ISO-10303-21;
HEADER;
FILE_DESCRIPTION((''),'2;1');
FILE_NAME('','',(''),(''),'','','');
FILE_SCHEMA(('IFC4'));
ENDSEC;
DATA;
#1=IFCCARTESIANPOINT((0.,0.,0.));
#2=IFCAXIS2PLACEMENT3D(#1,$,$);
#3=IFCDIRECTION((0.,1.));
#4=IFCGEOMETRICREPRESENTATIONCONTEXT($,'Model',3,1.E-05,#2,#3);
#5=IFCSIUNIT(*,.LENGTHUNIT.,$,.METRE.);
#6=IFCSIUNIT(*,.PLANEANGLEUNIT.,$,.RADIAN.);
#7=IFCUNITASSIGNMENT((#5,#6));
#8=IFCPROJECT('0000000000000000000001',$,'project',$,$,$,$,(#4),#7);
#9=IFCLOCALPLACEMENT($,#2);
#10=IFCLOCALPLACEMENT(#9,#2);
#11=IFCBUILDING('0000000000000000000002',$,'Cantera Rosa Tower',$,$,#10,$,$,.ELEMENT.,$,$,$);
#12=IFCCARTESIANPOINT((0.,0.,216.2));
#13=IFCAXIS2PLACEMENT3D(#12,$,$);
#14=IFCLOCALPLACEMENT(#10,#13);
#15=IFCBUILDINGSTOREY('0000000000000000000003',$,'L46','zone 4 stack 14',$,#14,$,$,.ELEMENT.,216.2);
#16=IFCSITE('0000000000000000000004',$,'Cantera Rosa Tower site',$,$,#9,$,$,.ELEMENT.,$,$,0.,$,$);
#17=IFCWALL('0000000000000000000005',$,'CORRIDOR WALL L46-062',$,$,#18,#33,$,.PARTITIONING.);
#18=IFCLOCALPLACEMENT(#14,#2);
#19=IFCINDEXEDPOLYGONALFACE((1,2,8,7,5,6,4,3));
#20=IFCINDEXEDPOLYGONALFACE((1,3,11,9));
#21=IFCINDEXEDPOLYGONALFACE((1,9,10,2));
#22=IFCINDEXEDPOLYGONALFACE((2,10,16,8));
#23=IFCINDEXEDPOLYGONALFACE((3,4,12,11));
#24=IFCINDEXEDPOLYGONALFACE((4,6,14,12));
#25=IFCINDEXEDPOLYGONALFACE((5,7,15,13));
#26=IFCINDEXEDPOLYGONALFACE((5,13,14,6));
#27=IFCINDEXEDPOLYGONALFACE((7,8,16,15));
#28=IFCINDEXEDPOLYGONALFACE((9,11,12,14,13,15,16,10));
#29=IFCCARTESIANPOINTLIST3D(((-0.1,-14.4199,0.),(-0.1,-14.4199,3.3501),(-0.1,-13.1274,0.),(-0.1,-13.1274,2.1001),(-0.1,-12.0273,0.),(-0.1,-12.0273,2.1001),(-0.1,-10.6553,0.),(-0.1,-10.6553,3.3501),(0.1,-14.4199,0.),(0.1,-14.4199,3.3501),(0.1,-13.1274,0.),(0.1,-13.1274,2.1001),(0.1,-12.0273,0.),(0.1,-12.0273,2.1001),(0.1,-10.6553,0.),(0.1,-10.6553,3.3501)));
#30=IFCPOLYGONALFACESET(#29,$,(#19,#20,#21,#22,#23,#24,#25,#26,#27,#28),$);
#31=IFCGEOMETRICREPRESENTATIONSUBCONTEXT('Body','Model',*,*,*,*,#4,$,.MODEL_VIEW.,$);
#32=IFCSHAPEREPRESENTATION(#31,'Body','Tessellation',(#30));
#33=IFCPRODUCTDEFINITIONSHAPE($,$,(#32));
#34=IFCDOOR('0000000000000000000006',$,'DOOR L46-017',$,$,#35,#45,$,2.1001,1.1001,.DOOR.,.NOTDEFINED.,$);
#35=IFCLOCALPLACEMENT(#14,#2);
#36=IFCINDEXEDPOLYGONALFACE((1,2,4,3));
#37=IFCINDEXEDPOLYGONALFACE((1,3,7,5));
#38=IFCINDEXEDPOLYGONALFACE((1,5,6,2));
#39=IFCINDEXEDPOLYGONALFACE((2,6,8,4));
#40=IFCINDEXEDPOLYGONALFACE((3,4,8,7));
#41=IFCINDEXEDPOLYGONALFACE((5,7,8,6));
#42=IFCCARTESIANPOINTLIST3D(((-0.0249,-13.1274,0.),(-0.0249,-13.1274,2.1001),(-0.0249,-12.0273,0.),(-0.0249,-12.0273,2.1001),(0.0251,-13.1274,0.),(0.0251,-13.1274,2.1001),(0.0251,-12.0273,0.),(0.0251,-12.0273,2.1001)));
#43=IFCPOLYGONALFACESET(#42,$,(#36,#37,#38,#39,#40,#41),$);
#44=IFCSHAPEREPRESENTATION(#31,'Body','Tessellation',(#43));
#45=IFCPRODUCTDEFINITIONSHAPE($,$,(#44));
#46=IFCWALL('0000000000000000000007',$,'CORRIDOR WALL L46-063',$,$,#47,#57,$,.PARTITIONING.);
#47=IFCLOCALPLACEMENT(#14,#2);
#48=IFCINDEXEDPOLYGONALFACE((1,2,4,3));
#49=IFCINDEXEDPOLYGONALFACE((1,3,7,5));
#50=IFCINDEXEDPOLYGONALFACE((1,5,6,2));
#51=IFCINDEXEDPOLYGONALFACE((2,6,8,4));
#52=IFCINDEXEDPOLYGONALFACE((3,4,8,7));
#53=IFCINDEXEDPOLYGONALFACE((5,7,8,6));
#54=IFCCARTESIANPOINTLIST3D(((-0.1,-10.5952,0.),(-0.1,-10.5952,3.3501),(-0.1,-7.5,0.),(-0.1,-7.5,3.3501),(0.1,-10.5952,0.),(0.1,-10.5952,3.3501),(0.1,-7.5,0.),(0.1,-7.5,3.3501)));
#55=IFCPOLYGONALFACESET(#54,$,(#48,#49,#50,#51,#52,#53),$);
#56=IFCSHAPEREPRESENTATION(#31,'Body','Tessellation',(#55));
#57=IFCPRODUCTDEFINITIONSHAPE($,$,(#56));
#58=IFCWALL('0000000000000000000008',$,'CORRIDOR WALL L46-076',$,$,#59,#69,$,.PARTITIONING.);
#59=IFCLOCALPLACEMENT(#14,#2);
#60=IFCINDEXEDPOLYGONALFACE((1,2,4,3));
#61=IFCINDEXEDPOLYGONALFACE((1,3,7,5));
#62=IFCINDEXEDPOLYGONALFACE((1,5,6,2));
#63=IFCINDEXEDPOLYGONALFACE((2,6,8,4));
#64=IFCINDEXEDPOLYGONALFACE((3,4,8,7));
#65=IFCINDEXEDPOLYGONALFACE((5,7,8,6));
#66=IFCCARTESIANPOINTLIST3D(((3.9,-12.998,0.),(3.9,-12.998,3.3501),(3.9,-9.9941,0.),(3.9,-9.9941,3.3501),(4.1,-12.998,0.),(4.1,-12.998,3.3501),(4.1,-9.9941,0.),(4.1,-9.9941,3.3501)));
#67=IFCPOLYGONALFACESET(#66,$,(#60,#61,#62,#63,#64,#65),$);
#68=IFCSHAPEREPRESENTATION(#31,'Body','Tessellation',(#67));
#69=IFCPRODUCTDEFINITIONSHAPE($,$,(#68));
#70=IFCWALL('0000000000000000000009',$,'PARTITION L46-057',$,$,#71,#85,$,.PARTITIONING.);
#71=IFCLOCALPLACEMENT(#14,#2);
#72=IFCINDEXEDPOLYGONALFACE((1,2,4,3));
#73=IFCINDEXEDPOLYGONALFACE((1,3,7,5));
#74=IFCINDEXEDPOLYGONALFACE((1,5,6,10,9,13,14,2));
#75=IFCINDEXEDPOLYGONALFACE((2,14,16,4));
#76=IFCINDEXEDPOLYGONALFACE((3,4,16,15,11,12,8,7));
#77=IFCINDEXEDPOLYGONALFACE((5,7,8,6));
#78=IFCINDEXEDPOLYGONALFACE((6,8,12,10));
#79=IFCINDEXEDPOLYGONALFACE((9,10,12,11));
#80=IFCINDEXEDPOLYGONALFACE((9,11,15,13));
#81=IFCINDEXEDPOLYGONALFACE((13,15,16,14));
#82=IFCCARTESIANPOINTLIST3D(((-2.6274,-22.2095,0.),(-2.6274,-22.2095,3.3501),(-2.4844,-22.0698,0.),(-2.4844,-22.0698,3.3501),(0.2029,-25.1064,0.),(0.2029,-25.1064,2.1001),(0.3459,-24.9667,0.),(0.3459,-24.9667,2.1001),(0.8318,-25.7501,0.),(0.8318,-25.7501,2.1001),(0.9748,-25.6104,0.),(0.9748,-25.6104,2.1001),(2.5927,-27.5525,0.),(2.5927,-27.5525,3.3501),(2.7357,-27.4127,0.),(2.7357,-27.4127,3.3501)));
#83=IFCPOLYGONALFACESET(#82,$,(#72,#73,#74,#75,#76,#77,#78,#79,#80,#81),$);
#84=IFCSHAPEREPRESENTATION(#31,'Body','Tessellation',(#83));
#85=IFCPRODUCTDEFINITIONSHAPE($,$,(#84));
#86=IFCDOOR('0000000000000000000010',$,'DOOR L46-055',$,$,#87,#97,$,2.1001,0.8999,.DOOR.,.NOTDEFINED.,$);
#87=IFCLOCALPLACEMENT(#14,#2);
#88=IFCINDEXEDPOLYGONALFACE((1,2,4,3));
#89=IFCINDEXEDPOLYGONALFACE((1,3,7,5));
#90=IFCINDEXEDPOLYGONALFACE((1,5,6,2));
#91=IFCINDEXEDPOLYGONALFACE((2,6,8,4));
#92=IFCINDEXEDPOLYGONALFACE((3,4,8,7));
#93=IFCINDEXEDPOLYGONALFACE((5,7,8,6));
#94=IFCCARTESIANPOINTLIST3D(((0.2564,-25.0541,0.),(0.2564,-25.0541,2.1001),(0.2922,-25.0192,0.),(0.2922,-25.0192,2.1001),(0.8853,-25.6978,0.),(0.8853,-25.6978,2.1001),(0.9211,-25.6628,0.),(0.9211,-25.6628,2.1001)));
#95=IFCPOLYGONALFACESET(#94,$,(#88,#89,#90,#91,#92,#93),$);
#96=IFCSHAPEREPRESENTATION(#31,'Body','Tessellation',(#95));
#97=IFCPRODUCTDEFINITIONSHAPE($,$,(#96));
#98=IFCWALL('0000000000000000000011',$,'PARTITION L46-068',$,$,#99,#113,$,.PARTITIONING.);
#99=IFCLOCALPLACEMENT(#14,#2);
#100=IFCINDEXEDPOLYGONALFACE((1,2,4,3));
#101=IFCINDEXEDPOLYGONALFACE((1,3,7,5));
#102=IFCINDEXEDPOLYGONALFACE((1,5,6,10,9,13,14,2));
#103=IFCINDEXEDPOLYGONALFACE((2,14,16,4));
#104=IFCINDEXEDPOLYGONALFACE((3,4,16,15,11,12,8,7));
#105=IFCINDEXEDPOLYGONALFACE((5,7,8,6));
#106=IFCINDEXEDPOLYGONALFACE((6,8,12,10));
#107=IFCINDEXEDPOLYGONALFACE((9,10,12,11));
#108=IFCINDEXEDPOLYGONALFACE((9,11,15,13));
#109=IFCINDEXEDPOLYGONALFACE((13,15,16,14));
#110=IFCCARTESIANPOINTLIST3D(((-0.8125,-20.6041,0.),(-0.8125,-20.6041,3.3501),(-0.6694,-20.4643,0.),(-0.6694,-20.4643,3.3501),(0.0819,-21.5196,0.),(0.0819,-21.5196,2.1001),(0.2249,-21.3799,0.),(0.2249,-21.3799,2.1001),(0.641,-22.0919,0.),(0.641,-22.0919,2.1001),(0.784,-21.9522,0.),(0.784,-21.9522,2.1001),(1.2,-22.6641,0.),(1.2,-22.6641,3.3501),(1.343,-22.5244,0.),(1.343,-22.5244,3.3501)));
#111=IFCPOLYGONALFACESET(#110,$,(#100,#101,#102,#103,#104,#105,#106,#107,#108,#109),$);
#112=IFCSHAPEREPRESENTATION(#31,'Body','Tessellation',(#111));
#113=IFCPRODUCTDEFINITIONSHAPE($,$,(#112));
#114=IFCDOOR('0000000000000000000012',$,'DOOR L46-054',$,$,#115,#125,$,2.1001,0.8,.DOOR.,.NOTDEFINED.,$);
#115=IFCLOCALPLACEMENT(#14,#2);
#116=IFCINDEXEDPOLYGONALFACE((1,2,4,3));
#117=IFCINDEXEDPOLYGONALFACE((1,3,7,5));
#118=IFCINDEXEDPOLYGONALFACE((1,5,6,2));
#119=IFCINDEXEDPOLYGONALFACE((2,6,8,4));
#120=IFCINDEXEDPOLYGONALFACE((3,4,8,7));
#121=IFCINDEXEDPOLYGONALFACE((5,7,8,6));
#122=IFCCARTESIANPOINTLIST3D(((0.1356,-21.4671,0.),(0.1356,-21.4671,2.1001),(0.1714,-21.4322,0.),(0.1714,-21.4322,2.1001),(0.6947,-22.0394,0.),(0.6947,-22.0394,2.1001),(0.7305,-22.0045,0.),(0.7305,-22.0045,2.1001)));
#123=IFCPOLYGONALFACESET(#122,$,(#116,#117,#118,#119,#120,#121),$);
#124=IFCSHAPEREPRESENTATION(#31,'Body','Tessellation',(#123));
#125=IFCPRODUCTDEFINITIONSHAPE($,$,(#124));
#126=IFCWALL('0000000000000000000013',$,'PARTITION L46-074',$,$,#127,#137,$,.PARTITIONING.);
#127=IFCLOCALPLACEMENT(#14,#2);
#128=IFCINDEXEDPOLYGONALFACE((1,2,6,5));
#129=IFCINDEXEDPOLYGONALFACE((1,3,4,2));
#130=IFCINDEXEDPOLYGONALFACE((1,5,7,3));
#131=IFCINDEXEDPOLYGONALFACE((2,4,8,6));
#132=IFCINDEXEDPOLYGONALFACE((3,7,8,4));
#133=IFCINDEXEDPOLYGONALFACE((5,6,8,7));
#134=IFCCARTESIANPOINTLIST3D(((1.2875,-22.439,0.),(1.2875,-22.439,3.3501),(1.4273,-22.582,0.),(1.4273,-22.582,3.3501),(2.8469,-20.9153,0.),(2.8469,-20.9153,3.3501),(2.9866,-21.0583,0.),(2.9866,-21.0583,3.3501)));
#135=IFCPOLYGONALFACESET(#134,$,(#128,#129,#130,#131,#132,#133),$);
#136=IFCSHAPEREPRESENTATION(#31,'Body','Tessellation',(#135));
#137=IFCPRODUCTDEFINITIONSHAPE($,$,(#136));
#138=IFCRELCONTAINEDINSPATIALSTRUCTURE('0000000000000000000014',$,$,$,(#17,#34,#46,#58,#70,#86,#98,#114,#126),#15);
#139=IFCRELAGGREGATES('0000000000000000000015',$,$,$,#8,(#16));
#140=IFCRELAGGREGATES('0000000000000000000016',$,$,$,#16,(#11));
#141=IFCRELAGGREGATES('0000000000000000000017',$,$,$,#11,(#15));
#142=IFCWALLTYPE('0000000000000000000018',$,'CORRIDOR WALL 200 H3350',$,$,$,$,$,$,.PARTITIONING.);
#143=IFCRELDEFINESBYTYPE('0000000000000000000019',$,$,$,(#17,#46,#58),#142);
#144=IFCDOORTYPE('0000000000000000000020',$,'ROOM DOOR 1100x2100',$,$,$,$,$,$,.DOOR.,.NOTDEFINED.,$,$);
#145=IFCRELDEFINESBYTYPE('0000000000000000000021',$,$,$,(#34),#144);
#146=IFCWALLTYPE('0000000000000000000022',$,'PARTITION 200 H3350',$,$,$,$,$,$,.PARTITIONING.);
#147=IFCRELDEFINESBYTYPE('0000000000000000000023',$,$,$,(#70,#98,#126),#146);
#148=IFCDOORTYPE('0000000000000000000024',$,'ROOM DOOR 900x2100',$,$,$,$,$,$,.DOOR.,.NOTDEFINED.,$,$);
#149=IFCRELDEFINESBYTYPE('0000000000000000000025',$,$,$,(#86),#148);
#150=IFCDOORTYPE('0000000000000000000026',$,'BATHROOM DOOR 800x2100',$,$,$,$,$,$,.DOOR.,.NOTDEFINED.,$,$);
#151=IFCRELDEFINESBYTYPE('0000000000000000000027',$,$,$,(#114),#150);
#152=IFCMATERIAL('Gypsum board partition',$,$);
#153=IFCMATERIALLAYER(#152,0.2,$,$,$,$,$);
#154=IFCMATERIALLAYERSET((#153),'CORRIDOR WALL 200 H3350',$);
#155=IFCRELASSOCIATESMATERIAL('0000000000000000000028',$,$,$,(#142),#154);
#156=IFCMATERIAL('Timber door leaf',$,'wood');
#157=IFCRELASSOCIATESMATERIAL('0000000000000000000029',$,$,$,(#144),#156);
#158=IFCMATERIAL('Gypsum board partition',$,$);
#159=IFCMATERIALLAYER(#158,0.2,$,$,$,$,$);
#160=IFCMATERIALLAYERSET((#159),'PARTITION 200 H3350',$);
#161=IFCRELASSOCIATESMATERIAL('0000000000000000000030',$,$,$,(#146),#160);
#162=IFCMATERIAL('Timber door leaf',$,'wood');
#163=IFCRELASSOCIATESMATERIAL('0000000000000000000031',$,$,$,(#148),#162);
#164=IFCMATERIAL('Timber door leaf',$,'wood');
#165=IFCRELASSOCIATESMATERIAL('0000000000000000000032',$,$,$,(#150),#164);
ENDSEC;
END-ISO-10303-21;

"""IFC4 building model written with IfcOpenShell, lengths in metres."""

from ifc_helpers import new_model, si_unit, direction, frame, frame_2d, origin, place, context, subcontext, project, spatial, rectangle, extrude, material, layer, layer_set, type_object, element, fill, save


model = new_model("IFC4")

# Units and contexts
model_context = context("Model", 3, precision=1e-05, world=origin(), true_north=direction((0.0, 1.0)))
body_context = subcontext(model_context, "Body", "Model", "MODEL_VIEW")
ifc_project = project(units=[si_unit("LENGTHUNIT", "METRE"), si_unit("PLANEANGLEUNIT", "RADIAN")], contexts=[model_context])

# Site, building, storey
site_placement = place(None, origin())
site = spatial("IfcSite", under=ifc_project, at=site_placement, Name="Cantera Rosa Tower site", CompositionType="ELEMENT", RefElevation=0.0)
building_placement = place(site_placement, origin())
building = spatial("IfcBuilding", under=site, at=building_placement, Name="Cantera Rosa Tower", CompositionType="ELEMENT")
storey_placement = place(building_placement, frame((0.0, 0.0, 216.2)))
storey = spatial("IfcBuildingStorey", under=building, at=storey_placement, Name="L46", Description="zone 4 stack 14", CompositionType="ELEMENT", Elevation=216.2)

# Shared definitions
ifc_material_1 = material(Name="Gypsum board partition")
ifc_layer_1 = layer(ifc_material_1, 0.2)
ifc_layer_set_1 = layer_set([ifc_layer_1], Name="CORRIDOR WALL 200 H3350")
wall_type_1 = type_object("IfcWallType", Name="CORRIDOR WALL 200 H3350", PredefinedType="PARTITIONING", material=ifc_layer_set_1)

# Shared definitions
ifc_material_2 = material(Name="Timber door leaf", Category="wood")
door_type_1 = type_object("IfcDoorType", Name="ROOM DOOR 1100x2100", OperationType="NOTDEFINED", PredefinedType="DOOR", material=ifc_material_2)

# Wall, opening, door
wall_1_placement = place(storey_placement, frame((0.0, -14.4199, 0.0), z_axis=(0.0, 0.0, 1.0), x_axis=(0.0, 1.0, 0.0)))
wall_1 = element("IfcWall", 1, at=wall_1_placement, inside=storey, type_object=wall_type_1, Name="CORRIDOR WALL L46-062", PredefinedType="PARTITIONING", context=body_context, shape_type="SweptSolid", body=[
    extrude(rectangle(XDim=3.7646, YDim=0.2, at=frame_2d((1.8823, 0.0))), origin(), (0.0, 0.0, 1.0), 3.3501),
])
opening_1_placement = place(wall_1_placement, frame((1.2925, 0.0, 0.0)))
opening_1 = element("IfcOpeningElement", 2, at=opening_1_placement, cuts=wall_1, PredefinedType="OPENING", context=body_context, shape_type="SweptSolid", body=[
    extrude(rectangle(XDim=1.1001, YDim=2.1001, at=frame_2d((0.55, 1.05))), frame((0.0, 0.1099, 0.0), z_axis=(0.0, -1.0, 0.0), x_axis=(1.0, 0.0, 0.0)), (0.0, 0.0, 1.0), 0.22),
])
door_1_placement = place(opening_1_placement, origin())
door_1 = element("IfcDoor", 3, at=door_1_placement, inside=storey, type_object=door_type_1, Name="DOOR L46-017", OperationType="NOTDEFINED", OverallHeight=2.1001, OverallWidth=1.1001, PredefinedType="DOOR", context=body_context, shape_type="SweptSolid", body=[
    extrude(rectangle(XDim=1.1001, YDim=2.1001, at=frame_2d((0.55, 1.05))), frame((0.0, 0.0249, 0.0), z_axis=(0.0, -1.0, 0.0), x_axis=(1.0, 0.0, 0.0)), (0.0, 0.0, 1.0), 0.05),
])
fill(opening_1, door_1)

# Walls
wall_2_placement = place(storey_placement, frame((0.0, -10.5952, 0.0), z_axis=(0.0, 0.0, 1.0), x_axis=(0.0, 1.0, 0.0)))
element("IfcWall", 4, at=wall_2_placement, inside=storey, type_object=wall_type_1, Name="CORRIDOR WALL L46-063", PredefinedType="PARTITIONING", context=body_context, shape_type="SweptSolid", body=[
    extrude(rectangle(XDim=3.0952, YDim=0.2, at=frame_2d((1.5476, 0.0))), origin(), (0.0, 0.0, 1.0), 3.3501),
])
wall_3_placement = place(storey_placement, frame((4.0, -12.998, 0.0), z_axis=(0.0, 0.0, 1.0), x_axis=(0.0, 1.0, 0.0)))
element("IfcWall", 5, at=wall_3_placement, inside=storey, type_object=wall_type_1, Name="CORRIDOR WALL L46-076", PredefinedType="PARTITIONING", context=body_context, shape_type="SweptSolid", body=[
    extrude(rectangle(XDim=3.0039, YDim=0.2, at=frame_2d((1.502, 0.0))), origin(), (0.0, 0.0, 1.0), 3.3501),
])

# Walls, openings, doors
ifc_material_3 = material(Name="Gypsum board partition")
ifc_layer_2 = layer(ifc_material_3, 0.2)
ifc_layer_set_2 = layer_set([ifc_layer_2], Name="PARTITION 200 H3350")
wall_type_2 = type_object("IfcWallType", Name="PARTITION 200 H3350", PredefinedType="PARTITIONING", material=ifc_layer_set_2)
wall_4_placement = place(storey_placement, frame((-2.5559, -22.1396, 0.0), z_axis=(0.0, 0.0, 1.0), x_axis=(0.698839, -0.715279, 0.0)))
wall_4 = element("IfcWall", 6, at=wall_4_placement, inside=storey, type_object=wall_type_2, Name="PARTITION L46-057", PredefinedType="PARTITIONING", context=body_context, shape_type="SweptSolid", body=[
    extrude(rectangle(XDim=7.4697, YDim=0.2, at=frame_2d((3.7349, 0.0))), origin(), (0.0, 0.0, 1.0), 3.3501),
])
opening_2_placement = place(wall_4_placement, frame((4.05, 0.0, 0.0)))
opening_2 = element("IfcOpeningElement", 7, at=opening_2_placement, cuts=wall_4, PredefinedType="OPENING", context=body_context, shape_type="SweptSolid", body=[
    extrude(rectangle(XDim=0.8999, YDim=2.1001, at=frame_2d((0.45, 1.05))), frame((0.0, 0.1099, 0.0), z_axis=(0.0, -1.0, 0.0), x_axis=(1.0, 0.0, 0.0)), (0.0, 0.0, 1.0), 0.22),
])
ifc_material_4 = material(Name="Timber door leaf", Category="wood")
door_type_2 = type_object("IfcDoorType", Name="ROOM DOOR 900x2100", OperationType="NOTDEFINED", PredefinedType="DOOR", material=ifc_material_4)
door_2_placement = place(opening_2_placement, origin())
door_2 = element("IfcDoor", 8, at=door_2_placement, inside=storey, type_object=door_type_2, Name="DOOR L46-055", OperationType="NOTDEFINED", OverallHeight=2.1001, OverallWidth=0.8999, PredefinedType="DOOR", context=body_context, shape_type="SweptSolid", body=[
    extrude(rectangle(XDim=0.8999, YDim=2.1001, at=frame_2d((0.45, 1.05))), frame((0.0, 0.0249, 0.0), z_axis=(0.0, -1.0, 0.0), x_axis=(1.0, 0.0, 0.0)), (0.0, 0.0, 1.0), 0.05),
])
fill(opening_2, door_2)
wall_5_placement = place(storey_placement, frame((1.2715, -22.5942, 0.0), z_axis=(0.0, 0.0, 1.0), x_axis=(-0.698793, 0.715324, 0.0)))
wall_5 = element("IfcWall", 9, at=wall_5_placement, inside=storey, type_object=wall_type_2, Name="PARTITION L46-068", PredefinedType="PARTITIONING", context=body_context, shape_type="SweptSolid", body=[
    extrude(rectangle(XDim=2.8799, YDim=0.2, at=frame_2d((1.4399, 0.0))), origin(), (0.0, 0.0, 1.0), 3.3501),
])
opening_3_placement = place(wall_5_placement, frame((0.8, 0.0, 0.0)))
opening_3 = element("IfcOpeningElement", 10, at=opening_3_placement, cuts=wall_5, PredefinedType="OPENING", context=body_context, shape_type="SweptSolid", body=[
    extrude(rectangle(XDim=0.8, YDim=2.1001, at=frame_2d((0.3999, 1.05))), frame((0.0, 0.1099, 0.0), z_axis=(0.0, -1.0, 0.0), x_axis=(1.0, 0.0, 0.0)), (0.0, 0.0, 1.0), 0.22),
])
ifc_material_5 = material(Name="Timber door leaf", Category="wood")
door_type_3 = type_object("IfcDoorType", Name="BATHROOM DOOR 800x2100", OperationType="NOTDEFINED", PredefinedType="DOOR", material=ifc_material_5)
door_3_placement = place(opening_3_placement, origin())
door_3 = element("IfcDoor", 11, at=door_3_placement, inside=storey, type_object=door_type_3, Name="DOOR L46-054", OperationType="NOTDEFINED", OverallHeight=2.1001, OverallWidth=0.8, PredefinedType="DOOR", context=body_context, shape_type="SweptSolid", body=[
    extrude(rectangle(XDim=0.8, YDim=2.1001, at=frame_2d((0.3999, 1.05))), frame((0.0, 0.0249, 0.0), z_axis=(0.0, -1.0, 0.0), x_axis=(1.0, 0.0, 0.0)), (0.0, 0.0, 1.0), 0.05),
])
fill(opening_3, door_3)

# Wall
wall_6_placement = place(storey_placement, frame((2.9167, -20.9868, 0.0), z_axis=(0.0, 0.0, 1.0), x_axis=(-0.715234, -0.698885, 0.0)))
element("IfcWall", 12, at=wall_6_placement, inside=storey, type_object=wall_type_2, Name="PARTITION L46-074", PredefinedType="PARTITIONING", context=body_context, shape_type="SweptSolid", body=[
    extrude(rectangle(XDim=2.1802, YDim=0.2, at=frame_2d((1.0901, 0.0))), origin(), (0.0, 0.0, 1.0), 3.3501),
])

save(model, "model.ifc")
